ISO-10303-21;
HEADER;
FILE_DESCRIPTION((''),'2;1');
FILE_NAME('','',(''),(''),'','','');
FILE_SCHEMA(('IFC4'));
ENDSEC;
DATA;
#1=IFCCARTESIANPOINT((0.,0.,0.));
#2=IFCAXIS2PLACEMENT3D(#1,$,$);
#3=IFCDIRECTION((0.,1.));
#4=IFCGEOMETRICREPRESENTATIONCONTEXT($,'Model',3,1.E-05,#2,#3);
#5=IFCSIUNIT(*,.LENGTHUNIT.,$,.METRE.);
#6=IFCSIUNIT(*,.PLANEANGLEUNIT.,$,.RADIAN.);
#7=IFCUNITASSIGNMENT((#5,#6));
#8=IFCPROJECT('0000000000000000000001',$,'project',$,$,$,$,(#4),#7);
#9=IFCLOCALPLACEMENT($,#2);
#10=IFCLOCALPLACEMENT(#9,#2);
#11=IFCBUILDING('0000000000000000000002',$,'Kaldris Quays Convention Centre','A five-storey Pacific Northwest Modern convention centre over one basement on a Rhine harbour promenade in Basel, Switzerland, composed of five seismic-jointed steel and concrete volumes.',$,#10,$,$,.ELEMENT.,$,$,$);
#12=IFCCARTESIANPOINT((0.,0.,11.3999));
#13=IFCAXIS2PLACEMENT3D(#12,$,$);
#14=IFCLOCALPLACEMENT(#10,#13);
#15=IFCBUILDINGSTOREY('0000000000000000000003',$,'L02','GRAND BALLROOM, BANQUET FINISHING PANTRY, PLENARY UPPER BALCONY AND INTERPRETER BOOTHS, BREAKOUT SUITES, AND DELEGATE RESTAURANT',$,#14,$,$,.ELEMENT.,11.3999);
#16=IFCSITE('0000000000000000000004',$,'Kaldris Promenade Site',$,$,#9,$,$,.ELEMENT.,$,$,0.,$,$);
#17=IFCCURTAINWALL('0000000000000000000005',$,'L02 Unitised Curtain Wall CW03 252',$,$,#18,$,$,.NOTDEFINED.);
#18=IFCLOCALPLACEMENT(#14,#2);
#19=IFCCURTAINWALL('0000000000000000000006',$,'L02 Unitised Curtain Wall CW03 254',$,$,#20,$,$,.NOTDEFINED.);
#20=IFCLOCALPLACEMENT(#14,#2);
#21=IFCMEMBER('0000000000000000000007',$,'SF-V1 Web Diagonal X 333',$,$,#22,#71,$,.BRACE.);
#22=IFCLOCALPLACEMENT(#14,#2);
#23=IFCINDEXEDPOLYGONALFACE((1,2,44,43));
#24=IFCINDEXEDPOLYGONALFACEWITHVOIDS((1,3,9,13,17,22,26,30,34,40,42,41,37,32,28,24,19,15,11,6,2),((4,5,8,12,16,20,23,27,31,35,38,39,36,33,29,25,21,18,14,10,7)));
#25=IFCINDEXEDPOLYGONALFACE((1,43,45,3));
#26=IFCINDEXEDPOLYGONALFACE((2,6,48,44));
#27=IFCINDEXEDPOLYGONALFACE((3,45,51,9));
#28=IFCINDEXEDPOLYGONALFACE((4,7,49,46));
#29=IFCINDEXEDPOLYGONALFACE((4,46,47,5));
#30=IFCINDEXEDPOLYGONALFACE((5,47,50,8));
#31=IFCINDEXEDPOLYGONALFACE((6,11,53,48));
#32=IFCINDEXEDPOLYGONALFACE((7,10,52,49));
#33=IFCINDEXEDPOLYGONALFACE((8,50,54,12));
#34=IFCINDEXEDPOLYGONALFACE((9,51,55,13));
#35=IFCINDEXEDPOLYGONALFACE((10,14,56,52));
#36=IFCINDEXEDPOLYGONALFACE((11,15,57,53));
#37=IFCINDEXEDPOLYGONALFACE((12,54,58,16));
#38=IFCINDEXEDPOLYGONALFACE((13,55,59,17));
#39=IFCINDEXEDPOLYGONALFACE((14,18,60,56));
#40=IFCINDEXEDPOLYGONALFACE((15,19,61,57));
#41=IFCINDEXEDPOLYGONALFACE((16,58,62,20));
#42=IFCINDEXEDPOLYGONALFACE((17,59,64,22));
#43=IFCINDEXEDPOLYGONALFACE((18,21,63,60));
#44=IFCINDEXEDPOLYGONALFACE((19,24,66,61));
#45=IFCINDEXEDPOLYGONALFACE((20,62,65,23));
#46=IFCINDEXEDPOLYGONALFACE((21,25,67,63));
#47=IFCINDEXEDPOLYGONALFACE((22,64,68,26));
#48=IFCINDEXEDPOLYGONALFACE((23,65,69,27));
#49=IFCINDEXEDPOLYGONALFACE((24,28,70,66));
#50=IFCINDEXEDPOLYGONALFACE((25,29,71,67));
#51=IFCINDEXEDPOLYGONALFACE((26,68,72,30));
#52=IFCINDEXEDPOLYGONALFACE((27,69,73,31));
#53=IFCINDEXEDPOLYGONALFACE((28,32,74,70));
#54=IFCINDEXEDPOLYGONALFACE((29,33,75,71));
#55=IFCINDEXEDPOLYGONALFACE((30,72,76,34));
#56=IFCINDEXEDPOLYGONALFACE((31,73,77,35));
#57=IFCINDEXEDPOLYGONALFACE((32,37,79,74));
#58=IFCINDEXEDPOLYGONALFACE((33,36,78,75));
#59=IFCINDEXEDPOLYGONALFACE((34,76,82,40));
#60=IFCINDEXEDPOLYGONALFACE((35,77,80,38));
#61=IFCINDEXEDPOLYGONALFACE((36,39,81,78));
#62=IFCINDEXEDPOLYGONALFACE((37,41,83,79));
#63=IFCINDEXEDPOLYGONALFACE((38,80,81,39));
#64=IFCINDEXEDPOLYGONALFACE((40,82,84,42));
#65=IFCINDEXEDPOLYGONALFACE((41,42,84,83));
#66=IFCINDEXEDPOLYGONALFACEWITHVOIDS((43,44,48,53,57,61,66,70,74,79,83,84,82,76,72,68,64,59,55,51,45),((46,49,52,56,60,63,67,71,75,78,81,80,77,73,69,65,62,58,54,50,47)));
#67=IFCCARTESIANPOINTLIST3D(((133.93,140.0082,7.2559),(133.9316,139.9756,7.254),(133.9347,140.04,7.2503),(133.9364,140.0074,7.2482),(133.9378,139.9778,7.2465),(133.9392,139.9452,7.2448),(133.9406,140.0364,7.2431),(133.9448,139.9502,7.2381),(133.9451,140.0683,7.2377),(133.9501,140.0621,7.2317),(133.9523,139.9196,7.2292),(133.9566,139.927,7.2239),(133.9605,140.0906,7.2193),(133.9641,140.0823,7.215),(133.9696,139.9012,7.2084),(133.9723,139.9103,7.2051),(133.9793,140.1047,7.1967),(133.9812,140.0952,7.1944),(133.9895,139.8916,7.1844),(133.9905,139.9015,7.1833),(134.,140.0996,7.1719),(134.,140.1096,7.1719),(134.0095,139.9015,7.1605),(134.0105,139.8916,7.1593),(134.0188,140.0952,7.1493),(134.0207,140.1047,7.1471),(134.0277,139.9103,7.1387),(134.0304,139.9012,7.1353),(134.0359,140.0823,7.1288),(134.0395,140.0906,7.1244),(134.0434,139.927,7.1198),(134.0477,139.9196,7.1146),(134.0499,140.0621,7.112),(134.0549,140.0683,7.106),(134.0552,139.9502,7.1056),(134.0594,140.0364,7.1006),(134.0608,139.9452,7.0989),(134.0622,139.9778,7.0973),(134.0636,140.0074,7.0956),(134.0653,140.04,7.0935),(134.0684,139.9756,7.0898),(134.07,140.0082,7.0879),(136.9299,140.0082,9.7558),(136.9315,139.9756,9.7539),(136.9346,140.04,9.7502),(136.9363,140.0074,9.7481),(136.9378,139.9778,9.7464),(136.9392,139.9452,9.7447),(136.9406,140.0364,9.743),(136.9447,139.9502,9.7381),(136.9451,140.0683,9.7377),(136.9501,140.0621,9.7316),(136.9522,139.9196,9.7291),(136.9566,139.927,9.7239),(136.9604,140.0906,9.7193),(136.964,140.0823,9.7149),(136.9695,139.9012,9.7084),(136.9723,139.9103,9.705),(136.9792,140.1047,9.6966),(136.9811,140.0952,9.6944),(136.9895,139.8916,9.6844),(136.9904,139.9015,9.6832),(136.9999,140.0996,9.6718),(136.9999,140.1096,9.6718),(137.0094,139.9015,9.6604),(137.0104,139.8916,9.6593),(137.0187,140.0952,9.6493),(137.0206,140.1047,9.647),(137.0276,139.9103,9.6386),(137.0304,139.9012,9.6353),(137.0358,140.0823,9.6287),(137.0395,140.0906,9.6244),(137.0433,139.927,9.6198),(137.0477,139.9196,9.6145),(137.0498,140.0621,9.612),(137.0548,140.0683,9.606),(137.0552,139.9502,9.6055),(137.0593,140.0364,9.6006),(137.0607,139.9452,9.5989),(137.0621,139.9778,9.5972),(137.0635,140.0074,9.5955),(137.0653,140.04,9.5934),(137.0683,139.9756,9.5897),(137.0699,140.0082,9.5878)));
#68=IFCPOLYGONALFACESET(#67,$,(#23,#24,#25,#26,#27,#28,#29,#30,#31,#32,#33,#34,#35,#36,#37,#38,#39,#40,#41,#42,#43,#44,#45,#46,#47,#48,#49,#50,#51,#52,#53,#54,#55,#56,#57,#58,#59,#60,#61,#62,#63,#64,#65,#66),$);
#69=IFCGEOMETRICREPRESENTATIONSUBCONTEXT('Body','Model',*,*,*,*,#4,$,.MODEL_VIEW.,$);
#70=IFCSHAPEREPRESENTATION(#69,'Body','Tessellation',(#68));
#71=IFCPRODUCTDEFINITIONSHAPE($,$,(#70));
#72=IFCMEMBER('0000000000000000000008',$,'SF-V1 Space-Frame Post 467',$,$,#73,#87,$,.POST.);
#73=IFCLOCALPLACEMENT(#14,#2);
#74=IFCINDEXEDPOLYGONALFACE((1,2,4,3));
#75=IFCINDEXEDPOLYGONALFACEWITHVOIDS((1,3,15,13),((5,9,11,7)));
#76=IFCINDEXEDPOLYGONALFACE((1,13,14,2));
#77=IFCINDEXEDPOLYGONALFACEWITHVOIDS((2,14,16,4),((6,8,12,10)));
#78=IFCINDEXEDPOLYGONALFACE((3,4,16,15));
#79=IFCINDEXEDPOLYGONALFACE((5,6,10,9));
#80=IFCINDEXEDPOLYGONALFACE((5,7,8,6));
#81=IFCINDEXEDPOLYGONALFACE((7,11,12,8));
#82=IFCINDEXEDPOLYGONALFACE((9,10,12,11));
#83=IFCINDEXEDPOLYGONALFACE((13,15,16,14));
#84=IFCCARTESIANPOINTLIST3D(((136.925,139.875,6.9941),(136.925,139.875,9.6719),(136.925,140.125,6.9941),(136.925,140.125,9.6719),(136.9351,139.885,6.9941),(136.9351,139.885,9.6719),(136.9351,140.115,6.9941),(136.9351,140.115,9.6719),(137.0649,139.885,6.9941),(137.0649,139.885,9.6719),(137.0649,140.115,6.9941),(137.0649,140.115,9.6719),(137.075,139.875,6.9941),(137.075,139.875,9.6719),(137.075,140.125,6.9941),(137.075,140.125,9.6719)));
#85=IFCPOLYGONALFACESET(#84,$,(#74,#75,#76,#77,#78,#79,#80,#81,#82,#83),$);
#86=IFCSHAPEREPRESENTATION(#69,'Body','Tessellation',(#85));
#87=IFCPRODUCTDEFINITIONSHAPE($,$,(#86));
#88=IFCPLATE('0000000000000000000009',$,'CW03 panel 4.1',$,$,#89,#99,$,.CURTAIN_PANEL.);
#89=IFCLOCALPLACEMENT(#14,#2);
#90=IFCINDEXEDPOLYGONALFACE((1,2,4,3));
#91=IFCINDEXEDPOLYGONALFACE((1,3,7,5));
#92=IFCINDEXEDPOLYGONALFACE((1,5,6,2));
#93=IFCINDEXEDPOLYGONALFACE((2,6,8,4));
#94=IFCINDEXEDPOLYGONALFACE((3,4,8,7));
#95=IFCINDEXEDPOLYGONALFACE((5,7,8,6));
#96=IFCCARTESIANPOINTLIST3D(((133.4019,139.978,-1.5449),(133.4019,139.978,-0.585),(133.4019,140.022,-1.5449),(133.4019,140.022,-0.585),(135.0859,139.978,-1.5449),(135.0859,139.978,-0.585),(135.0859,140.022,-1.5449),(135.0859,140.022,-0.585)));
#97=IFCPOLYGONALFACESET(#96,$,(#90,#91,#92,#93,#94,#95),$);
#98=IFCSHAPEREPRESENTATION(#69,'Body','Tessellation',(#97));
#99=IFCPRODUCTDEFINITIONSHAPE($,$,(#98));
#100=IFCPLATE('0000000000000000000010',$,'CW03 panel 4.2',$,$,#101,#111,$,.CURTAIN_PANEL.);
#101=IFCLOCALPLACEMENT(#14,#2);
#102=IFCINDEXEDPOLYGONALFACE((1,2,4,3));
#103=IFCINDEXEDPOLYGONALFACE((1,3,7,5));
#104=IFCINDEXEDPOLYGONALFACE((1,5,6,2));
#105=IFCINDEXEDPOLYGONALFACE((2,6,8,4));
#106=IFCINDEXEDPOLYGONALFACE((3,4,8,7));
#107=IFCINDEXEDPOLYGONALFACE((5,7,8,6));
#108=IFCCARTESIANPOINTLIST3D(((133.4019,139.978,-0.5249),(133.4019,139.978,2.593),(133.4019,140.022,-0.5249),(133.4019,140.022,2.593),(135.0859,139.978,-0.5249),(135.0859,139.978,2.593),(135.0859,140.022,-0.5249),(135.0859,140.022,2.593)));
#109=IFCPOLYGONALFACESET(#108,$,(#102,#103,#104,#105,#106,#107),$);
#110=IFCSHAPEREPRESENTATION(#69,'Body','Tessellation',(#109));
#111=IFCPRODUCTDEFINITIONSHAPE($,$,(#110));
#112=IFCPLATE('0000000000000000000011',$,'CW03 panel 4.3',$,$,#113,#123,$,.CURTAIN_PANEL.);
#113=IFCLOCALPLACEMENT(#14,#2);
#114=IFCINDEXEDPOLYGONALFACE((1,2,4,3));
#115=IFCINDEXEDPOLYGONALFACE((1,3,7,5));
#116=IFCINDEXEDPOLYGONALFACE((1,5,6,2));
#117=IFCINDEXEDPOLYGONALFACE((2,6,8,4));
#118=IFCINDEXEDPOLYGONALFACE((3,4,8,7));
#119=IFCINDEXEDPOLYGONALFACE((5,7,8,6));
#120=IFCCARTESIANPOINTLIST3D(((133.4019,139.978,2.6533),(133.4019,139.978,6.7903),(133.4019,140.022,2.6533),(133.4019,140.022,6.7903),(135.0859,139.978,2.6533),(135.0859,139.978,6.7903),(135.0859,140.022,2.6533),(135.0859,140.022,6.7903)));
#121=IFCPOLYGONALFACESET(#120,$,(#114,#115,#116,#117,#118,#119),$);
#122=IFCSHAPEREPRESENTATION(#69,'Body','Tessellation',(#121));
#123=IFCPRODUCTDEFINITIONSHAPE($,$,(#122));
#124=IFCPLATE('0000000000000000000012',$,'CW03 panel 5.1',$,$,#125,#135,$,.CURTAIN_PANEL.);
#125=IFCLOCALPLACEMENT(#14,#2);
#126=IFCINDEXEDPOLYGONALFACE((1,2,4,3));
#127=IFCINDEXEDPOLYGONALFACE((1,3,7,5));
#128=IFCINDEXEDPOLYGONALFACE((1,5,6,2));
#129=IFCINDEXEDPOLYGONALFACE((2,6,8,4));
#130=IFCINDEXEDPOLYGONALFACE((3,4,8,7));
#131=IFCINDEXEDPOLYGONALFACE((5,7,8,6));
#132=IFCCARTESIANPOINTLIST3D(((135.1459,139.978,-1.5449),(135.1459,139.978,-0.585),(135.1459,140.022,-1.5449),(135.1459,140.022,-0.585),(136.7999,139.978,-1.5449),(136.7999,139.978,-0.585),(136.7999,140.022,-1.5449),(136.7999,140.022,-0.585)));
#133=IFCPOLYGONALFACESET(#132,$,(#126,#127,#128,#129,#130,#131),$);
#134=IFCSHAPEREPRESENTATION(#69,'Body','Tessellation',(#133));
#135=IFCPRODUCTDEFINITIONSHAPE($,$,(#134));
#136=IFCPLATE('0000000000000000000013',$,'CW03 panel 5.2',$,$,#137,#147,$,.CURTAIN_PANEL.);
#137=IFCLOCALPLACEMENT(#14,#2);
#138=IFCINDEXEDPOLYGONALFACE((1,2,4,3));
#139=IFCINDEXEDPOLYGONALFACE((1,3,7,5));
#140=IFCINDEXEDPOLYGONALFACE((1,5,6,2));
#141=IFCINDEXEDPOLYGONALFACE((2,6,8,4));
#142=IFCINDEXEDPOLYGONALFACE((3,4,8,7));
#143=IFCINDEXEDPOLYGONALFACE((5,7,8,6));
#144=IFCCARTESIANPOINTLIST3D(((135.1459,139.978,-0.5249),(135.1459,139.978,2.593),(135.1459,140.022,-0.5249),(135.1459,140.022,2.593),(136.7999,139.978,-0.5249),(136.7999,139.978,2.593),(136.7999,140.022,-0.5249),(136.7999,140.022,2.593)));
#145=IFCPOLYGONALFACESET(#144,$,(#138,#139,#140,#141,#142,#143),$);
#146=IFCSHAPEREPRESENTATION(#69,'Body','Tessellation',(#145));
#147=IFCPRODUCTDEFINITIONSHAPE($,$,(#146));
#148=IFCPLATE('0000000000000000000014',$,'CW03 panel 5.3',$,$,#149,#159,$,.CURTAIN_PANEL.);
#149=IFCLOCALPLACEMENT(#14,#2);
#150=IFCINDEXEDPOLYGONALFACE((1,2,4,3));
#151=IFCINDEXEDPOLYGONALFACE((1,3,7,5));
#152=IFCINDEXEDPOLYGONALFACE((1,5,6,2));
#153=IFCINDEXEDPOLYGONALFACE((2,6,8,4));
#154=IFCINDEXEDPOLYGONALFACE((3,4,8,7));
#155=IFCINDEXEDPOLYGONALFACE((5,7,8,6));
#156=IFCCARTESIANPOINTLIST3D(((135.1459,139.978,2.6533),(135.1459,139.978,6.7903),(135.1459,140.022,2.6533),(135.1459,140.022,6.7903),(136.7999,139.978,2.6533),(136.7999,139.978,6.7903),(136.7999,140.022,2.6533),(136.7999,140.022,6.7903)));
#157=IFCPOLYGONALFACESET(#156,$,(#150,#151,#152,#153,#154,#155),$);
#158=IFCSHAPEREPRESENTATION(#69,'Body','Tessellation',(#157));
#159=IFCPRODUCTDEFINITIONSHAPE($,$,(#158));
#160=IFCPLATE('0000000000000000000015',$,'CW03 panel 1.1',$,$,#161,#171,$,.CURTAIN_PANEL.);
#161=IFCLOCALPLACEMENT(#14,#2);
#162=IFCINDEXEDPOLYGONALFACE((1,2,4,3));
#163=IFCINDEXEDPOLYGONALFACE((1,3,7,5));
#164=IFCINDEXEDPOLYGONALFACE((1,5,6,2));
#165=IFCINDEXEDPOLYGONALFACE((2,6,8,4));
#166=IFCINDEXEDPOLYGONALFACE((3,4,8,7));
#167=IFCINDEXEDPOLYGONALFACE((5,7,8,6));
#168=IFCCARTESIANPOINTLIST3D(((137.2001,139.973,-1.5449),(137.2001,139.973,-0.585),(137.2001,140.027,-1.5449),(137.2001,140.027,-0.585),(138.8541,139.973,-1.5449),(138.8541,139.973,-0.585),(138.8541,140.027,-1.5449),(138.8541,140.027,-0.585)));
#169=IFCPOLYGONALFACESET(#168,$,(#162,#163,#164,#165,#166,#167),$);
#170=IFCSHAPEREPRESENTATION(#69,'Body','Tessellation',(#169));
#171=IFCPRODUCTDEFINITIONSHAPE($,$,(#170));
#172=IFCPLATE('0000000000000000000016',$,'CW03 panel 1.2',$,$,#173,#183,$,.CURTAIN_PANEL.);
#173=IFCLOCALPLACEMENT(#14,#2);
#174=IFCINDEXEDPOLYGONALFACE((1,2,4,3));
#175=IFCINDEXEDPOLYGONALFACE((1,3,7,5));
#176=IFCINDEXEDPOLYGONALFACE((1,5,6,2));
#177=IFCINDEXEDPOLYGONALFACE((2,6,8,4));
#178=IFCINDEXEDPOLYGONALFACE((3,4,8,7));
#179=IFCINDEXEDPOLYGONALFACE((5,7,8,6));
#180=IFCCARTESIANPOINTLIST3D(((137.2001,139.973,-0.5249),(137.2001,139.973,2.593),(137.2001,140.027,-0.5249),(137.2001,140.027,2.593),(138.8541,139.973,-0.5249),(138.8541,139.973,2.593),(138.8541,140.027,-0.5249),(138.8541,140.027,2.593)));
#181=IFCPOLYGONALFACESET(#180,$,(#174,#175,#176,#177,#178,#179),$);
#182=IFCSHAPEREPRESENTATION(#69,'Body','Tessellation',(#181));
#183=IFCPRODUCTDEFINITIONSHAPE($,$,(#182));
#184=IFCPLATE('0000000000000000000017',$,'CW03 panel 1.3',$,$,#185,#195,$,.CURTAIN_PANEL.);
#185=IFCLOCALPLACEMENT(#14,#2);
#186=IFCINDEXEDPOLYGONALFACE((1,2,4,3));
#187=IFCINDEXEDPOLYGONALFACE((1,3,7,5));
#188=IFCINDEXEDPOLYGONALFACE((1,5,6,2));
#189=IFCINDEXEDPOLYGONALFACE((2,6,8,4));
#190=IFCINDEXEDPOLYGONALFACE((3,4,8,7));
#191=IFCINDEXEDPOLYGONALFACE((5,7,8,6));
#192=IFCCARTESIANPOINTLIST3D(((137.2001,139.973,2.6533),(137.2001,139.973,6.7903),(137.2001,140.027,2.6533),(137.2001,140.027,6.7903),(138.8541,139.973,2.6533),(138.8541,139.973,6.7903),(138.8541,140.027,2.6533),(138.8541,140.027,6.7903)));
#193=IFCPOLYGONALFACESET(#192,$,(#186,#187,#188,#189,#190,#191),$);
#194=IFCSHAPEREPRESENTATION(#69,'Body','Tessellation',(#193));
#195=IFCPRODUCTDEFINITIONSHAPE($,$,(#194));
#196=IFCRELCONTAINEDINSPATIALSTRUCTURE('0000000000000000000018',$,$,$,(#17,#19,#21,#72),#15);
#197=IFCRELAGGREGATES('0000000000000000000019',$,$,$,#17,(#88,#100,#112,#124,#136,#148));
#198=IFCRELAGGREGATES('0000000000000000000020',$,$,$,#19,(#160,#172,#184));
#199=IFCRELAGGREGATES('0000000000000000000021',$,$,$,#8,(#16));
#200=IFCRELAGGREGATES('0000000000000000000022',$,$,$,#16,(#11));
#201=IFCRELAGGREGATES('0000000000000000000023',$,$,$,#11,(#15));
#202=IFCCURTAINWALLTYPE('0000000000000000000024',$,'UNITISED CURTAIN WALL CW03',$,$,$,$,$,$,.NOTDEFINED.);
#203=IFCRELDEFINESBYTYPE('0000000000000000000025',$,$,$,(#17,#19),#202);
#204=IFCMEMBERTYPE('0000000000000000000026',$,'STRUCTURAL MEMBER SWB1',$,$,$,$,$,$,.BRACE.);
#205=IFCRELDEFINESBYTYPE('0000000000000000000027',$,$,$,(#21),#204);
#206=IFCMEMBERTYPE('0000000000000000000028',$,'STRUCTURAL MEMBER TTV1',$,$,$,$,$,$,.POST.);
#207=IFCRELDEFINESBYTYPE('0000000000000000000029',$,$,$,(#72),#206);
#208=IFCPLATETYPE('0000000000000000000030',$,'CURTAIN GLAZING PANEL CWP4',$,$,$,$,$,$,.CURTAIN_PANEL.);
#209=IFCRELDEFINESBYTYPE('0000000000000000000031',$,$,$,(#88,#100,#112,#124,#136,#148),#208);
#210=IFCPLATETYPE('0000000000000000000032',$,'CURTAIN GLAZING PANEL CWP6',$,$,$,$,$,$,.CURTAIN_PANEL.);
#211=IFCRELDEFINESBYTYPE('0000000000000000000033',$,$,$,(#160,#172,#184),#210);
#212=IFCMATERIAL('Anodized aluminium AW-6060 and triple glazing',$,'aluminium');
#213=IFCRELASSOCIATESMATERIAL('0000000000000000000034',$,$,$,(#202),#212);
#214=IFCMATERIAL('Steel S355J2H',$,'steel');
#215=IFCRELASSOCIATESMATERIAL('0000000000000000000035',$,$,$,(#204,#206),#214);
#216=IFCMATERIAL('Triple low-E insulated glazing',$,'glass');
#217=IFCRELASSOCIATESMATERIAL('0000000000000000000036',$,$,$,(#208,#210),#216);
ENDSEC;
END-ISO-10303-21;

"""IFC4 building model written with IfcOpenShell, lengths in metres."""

from ifc_helpers import new_model, si_unit, direction, frame, origin, origin_2d, place, context, subcontext, project, spatial, rectangle, hollow_rectangle, hollow_circle, extrude, material, material_profile, profile_set, type_object, element, aggregate, save


model = new_model("IFC4")

# Units and contexts
model_context = context("Model", 3, precision=1e-05, world=origin(), true_north=direction((0.0, 1.0)))
body_context = subcontext(model_context, "Body", "Model", "MODEL_VIEW")
ifc_project = project(units=[si_unit("LENGTHUNIT", "METRE"), si_unit("PLANEANGLEUNIT", "RADIAN")], contexts=[model_context])

# Site, building, storey
site_placement = place(None, origin())
site = spatial("IfcSite", under=ifc_project, at=site_placement, Name="Kaldris Promenade Site", CompositionType="ELEMENT", RefElevation=0.0)
building_placement = place(site_placement, origin())
building = spatial("IfcBuilding", under=site, at=building_placement, Name="Kaldris Quays Convention Centre", Description="A five-storey Pacific Northwest Modern convention centre over one basement on a Rhine harbour promenade in Basel, Switzerland, composed of five seismic-jointed steel and concrete volumes.", CompositionType="ELEMENT")
storey_placement = place(building_placement, frame((0.0, 0.0, 11.3999)))
storey = spatial("IfcBuildingStorey", under=building, at=storey_placement, Name="L02", Description="GRAND BALLROOM, BANQUET FINISHING PANTRY, PLENARY UPPER BALCONY AND INTERPRETER BOOTHS, BREAKOUT SUITES, AND DELEGATE RESTAURANT", CompositionType="ELEMENT", Elevation=11.3999)

# Curtain walls
ifc_material_1 = material(Name="Anodized aluminium AW-6060 and triple glazing", Category="aluminium")
curtain_wall_type = type_object("IfcCurtainWallType", Name="UNITISED CURTAIN WALL CW03", PredefinedType="NOTDEFINED", material=ifc_material_1)
curtain_wall_1_placement = place(storey_placement, origin())
curtain_wall_1 = element("IfcCurtainWall", 1, at=curtain_wall_1_placement, inside=storey, type_object=curtain_wall_type, Name="L02 Unitised Curtain Wall CW03 252", PredefinedType="NOTDEFINED")
curtain_wall_2_placement = place(storey_placement, origin())
curtain_wall_2 = element("IfcCurtainWall", 2, at=curtain_wall_2_placement, inside=storey, type_object=curtain_wall_type, Name="L02 Unitised Curtain Wall CW03 254", PredefinedType="NOTDEFINED")

# Members
ifc_material_2 = material(Name="Steel S355J2H", Category="steel")
ifc_material_profile_1 = material_profile(ifc_material_2, hollow_circle(Radius=0.1096, WallThickness=0.01, at=origin_2d()), Name="CHS 219.1x10")
ifc_profile_set_1 = profile_set([ifc_material_profile_1], Name="Steel S355J2H")
member_type_1 = type_object("IfcMemberType", Name="STRUCTURAL MEMBER SWB1", PredefinedType="BRACE", material=ifc_profile_set_1)
member_1_placement = place(storey_placement, frame((134.0, 140.0, 7.1719), z_axis=(0.768221, 0.0, 0.640184), x_axis=(0.0, 1.0, 0.0)))
element("IfcMember", 3, at=member_1_placement, inside=storey, type_object=member_type_1, Name="SF-V1 Web Diagonal X 333", PredefinedType="BRACE", context=body_context, shape_type="SweptSolid", body=[
    extrude(hollow_circle(Radius=0.1096, WallThickness=0.01, at=origin_2d()), origin(), (0.0, 0.0, 1.0), 3.905),
])
ifc_material_profile_2 = material_profile(ifc_material_2, hollow_rectangle(XDim=0.1499, YDim=0.25, WallThickness=0.01, at=origin_2d()), Name="RHS 250x150x10")
ifc_profile_set_2 = profile_set([ifc_material_profile_2], Name="Steel S355J2H")
member_type_2 = type_object("IfcMemberType", Name="STRUCTURAL MEMBER TTV1", PredefinedType="POST", material=ifc_profile_set_2)
member_2_placement = place(storey_placement, frame((137.0, 140.0, 6.9941), z_axis=(0.0, 0.0, 1.0), x_axis=(1.0, 0.0, 0.0)))
element("IfcMember", 4, at=member_2_placement, inside=storey, type_object=member_type_2, Name="SF-V1 Space-Frame Post 467", PredefinedType="POST", context=body_context, shape_type="SweptSolid", body=[
    extrude(hollow_rectangle(XDim=0.1499, YDim=0.25, WallThickness=0.01, at=origin_2d()), origin(), (0.0, 0.0, 1.0), 2.6777),
])

# Plates
ifc_material_3 = material(Name="Triple low-E insulated glazing", Category="glass")
plate_type_1 = type_object("IfcPlateType", Name="CURTAIN GLAZING PANEL CWP4", PredefinedType="CURTAIN_PANEL", material=ifc_material_3)
plate_1_placement = place(storey_placement, frame((134.2439, 140.0, -1.5449), z_axis=(0.0, 0.0, 1.0), x_axis=(1.0, 0.0, 0.0)))
plate_1 = element("IfcPlate", 5, at=plate_1_placement, type_object=plate_type_1, Name="CW03 panel 4.1", PredefinedType="CURTAIN_PANEL", context=body_context, shape_type="SweptSolid", body=[
    extrude(rectangle(XDim=1.6841, YDim=0.0439, at=origin_2d()), origin(), (0.0, 0.0, 1.0), 0.96),
])
plate_2_placement = place(storey_placement, frame((134.2439, 140.0, -0.5249), z_axis=(0.0, 0.0, 1.0), x_axis=(1.0, 0.0, 0.0)))
plate_2 = element("IfcPlate", 6, at=plate_2_placement, type_object=plate_type_1, Name="CW03 panel 4.2", PredefinedType="CURTAIN_PANEL", context=body_context, shape_type="SweptSolid", body=[
    extrude(rectangle(XDim=1.6841, YDim=0.0439, at=origin_2d()), origin(), (0.0, 0.0, 1.0), 3.1179),
])
plate_3_placement = place(storey_placement, frame((134.2439, 140.0, 2.6533), z_axis=(0.0, 0.0, 1.0), x_axis=(1.0, 0.0, 0.0)))
plate_3 = element("IfcPlate", 7, at=plate_3_placement, type_object=plate_type_1, Name="CW03 panel 4.3", PredefinedType="CURTAIN_PANEL", context=body_context, shape_type="SweptSolid", body=[
    extrude(rectangle(XDim=1.6841, YDim=0.0439, at=origin_2d()), origin(), (0.0, 0.0, 1.0), 4.137),
])
plate_4_placement = place(storey_placement, frame((135.9729, 140.0, -1.5449), z_axis=(0.0, 0.0, 1.0), x_axis=(1.0, 0.0, 0.0)))
plate_4 = element("IfcPlate", 8, at=plate_4_placement, type_object=plate_type_1, Name="CW03 panel 5.1", PredefinedType="CURTAIN_PANEL", context=body_context, shape_type="SweptSolid", body=[
    extrude(rectangle(XDim=1.6541, YDim=0.0439, at=origin_2d()), origin(), (0.0, 0.0, 1.0), 0.96),
])
plate_5_placement = place(storey_placement, frame((135.9729, 140.0, -0.5249), z_axis=(0.0, 0.0, 1.0), x_axis=(1.0, 0.0, 0.0)))
plate_5 = element("IfcPlate", 9, at=plate_5_placement, type_object=plate_type_1, Name="CW03 panel 5.2", PredefinedType="CURTAIN_PANEL", context=body_context, shape_type="SweptSolid", body=[
    extrude(rectangle(XDim=1.6541, YDim=0.0439, at=origin_2d()), origin(), (0.0, 0.0, 1.0), 3.1179),
])
plate_6_placement = place(storey_placement, frame((135.9729, 140.0, 2.6533), z_axis=(0.0, 0.0, 1.0), x_axis=(1.0, 0.0, 0.0)))
plate_6 = element("IfcPlate", 10, at=plate_6_placement, type_object=plate_type_1, Name="CW03 panel 5.3", PredefinedType="CURTAIN_PANEL", context=body_context, shape_type="SweptSolid", body=[
    extrude(rectangle(XDim=1.6541, YDim=0.0439, at=origin_2d()), origin(), (0.0, 0.0, 1.0), 4.137),
])
aggregate(curtain_wall_1, [plate_1, plate_2, plate_3, plate_4, plate_5, plate_6])
plate_type_2 = type_object("IfcPlateType", Name="CURTAIN GLAZING PANEL CWP6", PredefinedType="CURTAIN_PANEL", material=ifc_material_3)
plate_7_placement = place(storey_placement, frame((138.0271, 140.0, -1.5449), z_axis=(0.0, 0.0, 1.0), x_axis=(1.0, 0.0, 0.0)))
plate_7 = element("IfcPlate", 11, at=plate_7_placement, type_object=plate_type_2, Name="CW03 panel 1.1", PredefinedType="CURTAIN_PANEL", context=body_context, shape_type="SweptSolid", body=[
    extrude(rectangle(XDim=1.6541, YDim=0.054, at=origin_2d()), origin(), (0.0, 0.0, 1.0), 0.96),
])
plate_8_placement = place(storey_placement, frame((138.0271, 140.0, -0.5249), z_axis=(0.0, 0.0, 1.0), x_axis=(1.0, 0.0, 0.0)))
plate_8 = element("IfcPlate", 12, at=plate_8_placement, type_object=plate_type_2, Name="CW03 panel 1.2", PredefinedType="CURTAIN_PANEL", context=body_context, shape_type="SweptSolid", body=[
    extrude(rectangle(XDim=1.6541, YDim=0.054, at=origin_2d()), origin(), (0.0, 0.0, 1.0), 3.1179),
])
plate_9_placement = place(storey_placement, frame((138.0271, 140.0, 2.6533), z_axis=(0.0, 0.0, 1.0), x_axis=(1.0, 0.0, 0.0)))
plate_9 = element("IfcPlate", 13, at=plate_9_placement, type_object=plate_type_2, Name="CW03 panel 1.3", PredefinedType="CURTAIN_PANEL", context=body_context, shape_type="SweptSolid", body=[
    extrude(rectangle(XDim=1.6541, YDim=0.054, at=origin_2d()), origin(), (0.0, 0.0, 1.0), 4.137),
])
aggregate(curtain_wall_2, [plate_7, plate_8, plate_9])

save(model, "model.ifc")
